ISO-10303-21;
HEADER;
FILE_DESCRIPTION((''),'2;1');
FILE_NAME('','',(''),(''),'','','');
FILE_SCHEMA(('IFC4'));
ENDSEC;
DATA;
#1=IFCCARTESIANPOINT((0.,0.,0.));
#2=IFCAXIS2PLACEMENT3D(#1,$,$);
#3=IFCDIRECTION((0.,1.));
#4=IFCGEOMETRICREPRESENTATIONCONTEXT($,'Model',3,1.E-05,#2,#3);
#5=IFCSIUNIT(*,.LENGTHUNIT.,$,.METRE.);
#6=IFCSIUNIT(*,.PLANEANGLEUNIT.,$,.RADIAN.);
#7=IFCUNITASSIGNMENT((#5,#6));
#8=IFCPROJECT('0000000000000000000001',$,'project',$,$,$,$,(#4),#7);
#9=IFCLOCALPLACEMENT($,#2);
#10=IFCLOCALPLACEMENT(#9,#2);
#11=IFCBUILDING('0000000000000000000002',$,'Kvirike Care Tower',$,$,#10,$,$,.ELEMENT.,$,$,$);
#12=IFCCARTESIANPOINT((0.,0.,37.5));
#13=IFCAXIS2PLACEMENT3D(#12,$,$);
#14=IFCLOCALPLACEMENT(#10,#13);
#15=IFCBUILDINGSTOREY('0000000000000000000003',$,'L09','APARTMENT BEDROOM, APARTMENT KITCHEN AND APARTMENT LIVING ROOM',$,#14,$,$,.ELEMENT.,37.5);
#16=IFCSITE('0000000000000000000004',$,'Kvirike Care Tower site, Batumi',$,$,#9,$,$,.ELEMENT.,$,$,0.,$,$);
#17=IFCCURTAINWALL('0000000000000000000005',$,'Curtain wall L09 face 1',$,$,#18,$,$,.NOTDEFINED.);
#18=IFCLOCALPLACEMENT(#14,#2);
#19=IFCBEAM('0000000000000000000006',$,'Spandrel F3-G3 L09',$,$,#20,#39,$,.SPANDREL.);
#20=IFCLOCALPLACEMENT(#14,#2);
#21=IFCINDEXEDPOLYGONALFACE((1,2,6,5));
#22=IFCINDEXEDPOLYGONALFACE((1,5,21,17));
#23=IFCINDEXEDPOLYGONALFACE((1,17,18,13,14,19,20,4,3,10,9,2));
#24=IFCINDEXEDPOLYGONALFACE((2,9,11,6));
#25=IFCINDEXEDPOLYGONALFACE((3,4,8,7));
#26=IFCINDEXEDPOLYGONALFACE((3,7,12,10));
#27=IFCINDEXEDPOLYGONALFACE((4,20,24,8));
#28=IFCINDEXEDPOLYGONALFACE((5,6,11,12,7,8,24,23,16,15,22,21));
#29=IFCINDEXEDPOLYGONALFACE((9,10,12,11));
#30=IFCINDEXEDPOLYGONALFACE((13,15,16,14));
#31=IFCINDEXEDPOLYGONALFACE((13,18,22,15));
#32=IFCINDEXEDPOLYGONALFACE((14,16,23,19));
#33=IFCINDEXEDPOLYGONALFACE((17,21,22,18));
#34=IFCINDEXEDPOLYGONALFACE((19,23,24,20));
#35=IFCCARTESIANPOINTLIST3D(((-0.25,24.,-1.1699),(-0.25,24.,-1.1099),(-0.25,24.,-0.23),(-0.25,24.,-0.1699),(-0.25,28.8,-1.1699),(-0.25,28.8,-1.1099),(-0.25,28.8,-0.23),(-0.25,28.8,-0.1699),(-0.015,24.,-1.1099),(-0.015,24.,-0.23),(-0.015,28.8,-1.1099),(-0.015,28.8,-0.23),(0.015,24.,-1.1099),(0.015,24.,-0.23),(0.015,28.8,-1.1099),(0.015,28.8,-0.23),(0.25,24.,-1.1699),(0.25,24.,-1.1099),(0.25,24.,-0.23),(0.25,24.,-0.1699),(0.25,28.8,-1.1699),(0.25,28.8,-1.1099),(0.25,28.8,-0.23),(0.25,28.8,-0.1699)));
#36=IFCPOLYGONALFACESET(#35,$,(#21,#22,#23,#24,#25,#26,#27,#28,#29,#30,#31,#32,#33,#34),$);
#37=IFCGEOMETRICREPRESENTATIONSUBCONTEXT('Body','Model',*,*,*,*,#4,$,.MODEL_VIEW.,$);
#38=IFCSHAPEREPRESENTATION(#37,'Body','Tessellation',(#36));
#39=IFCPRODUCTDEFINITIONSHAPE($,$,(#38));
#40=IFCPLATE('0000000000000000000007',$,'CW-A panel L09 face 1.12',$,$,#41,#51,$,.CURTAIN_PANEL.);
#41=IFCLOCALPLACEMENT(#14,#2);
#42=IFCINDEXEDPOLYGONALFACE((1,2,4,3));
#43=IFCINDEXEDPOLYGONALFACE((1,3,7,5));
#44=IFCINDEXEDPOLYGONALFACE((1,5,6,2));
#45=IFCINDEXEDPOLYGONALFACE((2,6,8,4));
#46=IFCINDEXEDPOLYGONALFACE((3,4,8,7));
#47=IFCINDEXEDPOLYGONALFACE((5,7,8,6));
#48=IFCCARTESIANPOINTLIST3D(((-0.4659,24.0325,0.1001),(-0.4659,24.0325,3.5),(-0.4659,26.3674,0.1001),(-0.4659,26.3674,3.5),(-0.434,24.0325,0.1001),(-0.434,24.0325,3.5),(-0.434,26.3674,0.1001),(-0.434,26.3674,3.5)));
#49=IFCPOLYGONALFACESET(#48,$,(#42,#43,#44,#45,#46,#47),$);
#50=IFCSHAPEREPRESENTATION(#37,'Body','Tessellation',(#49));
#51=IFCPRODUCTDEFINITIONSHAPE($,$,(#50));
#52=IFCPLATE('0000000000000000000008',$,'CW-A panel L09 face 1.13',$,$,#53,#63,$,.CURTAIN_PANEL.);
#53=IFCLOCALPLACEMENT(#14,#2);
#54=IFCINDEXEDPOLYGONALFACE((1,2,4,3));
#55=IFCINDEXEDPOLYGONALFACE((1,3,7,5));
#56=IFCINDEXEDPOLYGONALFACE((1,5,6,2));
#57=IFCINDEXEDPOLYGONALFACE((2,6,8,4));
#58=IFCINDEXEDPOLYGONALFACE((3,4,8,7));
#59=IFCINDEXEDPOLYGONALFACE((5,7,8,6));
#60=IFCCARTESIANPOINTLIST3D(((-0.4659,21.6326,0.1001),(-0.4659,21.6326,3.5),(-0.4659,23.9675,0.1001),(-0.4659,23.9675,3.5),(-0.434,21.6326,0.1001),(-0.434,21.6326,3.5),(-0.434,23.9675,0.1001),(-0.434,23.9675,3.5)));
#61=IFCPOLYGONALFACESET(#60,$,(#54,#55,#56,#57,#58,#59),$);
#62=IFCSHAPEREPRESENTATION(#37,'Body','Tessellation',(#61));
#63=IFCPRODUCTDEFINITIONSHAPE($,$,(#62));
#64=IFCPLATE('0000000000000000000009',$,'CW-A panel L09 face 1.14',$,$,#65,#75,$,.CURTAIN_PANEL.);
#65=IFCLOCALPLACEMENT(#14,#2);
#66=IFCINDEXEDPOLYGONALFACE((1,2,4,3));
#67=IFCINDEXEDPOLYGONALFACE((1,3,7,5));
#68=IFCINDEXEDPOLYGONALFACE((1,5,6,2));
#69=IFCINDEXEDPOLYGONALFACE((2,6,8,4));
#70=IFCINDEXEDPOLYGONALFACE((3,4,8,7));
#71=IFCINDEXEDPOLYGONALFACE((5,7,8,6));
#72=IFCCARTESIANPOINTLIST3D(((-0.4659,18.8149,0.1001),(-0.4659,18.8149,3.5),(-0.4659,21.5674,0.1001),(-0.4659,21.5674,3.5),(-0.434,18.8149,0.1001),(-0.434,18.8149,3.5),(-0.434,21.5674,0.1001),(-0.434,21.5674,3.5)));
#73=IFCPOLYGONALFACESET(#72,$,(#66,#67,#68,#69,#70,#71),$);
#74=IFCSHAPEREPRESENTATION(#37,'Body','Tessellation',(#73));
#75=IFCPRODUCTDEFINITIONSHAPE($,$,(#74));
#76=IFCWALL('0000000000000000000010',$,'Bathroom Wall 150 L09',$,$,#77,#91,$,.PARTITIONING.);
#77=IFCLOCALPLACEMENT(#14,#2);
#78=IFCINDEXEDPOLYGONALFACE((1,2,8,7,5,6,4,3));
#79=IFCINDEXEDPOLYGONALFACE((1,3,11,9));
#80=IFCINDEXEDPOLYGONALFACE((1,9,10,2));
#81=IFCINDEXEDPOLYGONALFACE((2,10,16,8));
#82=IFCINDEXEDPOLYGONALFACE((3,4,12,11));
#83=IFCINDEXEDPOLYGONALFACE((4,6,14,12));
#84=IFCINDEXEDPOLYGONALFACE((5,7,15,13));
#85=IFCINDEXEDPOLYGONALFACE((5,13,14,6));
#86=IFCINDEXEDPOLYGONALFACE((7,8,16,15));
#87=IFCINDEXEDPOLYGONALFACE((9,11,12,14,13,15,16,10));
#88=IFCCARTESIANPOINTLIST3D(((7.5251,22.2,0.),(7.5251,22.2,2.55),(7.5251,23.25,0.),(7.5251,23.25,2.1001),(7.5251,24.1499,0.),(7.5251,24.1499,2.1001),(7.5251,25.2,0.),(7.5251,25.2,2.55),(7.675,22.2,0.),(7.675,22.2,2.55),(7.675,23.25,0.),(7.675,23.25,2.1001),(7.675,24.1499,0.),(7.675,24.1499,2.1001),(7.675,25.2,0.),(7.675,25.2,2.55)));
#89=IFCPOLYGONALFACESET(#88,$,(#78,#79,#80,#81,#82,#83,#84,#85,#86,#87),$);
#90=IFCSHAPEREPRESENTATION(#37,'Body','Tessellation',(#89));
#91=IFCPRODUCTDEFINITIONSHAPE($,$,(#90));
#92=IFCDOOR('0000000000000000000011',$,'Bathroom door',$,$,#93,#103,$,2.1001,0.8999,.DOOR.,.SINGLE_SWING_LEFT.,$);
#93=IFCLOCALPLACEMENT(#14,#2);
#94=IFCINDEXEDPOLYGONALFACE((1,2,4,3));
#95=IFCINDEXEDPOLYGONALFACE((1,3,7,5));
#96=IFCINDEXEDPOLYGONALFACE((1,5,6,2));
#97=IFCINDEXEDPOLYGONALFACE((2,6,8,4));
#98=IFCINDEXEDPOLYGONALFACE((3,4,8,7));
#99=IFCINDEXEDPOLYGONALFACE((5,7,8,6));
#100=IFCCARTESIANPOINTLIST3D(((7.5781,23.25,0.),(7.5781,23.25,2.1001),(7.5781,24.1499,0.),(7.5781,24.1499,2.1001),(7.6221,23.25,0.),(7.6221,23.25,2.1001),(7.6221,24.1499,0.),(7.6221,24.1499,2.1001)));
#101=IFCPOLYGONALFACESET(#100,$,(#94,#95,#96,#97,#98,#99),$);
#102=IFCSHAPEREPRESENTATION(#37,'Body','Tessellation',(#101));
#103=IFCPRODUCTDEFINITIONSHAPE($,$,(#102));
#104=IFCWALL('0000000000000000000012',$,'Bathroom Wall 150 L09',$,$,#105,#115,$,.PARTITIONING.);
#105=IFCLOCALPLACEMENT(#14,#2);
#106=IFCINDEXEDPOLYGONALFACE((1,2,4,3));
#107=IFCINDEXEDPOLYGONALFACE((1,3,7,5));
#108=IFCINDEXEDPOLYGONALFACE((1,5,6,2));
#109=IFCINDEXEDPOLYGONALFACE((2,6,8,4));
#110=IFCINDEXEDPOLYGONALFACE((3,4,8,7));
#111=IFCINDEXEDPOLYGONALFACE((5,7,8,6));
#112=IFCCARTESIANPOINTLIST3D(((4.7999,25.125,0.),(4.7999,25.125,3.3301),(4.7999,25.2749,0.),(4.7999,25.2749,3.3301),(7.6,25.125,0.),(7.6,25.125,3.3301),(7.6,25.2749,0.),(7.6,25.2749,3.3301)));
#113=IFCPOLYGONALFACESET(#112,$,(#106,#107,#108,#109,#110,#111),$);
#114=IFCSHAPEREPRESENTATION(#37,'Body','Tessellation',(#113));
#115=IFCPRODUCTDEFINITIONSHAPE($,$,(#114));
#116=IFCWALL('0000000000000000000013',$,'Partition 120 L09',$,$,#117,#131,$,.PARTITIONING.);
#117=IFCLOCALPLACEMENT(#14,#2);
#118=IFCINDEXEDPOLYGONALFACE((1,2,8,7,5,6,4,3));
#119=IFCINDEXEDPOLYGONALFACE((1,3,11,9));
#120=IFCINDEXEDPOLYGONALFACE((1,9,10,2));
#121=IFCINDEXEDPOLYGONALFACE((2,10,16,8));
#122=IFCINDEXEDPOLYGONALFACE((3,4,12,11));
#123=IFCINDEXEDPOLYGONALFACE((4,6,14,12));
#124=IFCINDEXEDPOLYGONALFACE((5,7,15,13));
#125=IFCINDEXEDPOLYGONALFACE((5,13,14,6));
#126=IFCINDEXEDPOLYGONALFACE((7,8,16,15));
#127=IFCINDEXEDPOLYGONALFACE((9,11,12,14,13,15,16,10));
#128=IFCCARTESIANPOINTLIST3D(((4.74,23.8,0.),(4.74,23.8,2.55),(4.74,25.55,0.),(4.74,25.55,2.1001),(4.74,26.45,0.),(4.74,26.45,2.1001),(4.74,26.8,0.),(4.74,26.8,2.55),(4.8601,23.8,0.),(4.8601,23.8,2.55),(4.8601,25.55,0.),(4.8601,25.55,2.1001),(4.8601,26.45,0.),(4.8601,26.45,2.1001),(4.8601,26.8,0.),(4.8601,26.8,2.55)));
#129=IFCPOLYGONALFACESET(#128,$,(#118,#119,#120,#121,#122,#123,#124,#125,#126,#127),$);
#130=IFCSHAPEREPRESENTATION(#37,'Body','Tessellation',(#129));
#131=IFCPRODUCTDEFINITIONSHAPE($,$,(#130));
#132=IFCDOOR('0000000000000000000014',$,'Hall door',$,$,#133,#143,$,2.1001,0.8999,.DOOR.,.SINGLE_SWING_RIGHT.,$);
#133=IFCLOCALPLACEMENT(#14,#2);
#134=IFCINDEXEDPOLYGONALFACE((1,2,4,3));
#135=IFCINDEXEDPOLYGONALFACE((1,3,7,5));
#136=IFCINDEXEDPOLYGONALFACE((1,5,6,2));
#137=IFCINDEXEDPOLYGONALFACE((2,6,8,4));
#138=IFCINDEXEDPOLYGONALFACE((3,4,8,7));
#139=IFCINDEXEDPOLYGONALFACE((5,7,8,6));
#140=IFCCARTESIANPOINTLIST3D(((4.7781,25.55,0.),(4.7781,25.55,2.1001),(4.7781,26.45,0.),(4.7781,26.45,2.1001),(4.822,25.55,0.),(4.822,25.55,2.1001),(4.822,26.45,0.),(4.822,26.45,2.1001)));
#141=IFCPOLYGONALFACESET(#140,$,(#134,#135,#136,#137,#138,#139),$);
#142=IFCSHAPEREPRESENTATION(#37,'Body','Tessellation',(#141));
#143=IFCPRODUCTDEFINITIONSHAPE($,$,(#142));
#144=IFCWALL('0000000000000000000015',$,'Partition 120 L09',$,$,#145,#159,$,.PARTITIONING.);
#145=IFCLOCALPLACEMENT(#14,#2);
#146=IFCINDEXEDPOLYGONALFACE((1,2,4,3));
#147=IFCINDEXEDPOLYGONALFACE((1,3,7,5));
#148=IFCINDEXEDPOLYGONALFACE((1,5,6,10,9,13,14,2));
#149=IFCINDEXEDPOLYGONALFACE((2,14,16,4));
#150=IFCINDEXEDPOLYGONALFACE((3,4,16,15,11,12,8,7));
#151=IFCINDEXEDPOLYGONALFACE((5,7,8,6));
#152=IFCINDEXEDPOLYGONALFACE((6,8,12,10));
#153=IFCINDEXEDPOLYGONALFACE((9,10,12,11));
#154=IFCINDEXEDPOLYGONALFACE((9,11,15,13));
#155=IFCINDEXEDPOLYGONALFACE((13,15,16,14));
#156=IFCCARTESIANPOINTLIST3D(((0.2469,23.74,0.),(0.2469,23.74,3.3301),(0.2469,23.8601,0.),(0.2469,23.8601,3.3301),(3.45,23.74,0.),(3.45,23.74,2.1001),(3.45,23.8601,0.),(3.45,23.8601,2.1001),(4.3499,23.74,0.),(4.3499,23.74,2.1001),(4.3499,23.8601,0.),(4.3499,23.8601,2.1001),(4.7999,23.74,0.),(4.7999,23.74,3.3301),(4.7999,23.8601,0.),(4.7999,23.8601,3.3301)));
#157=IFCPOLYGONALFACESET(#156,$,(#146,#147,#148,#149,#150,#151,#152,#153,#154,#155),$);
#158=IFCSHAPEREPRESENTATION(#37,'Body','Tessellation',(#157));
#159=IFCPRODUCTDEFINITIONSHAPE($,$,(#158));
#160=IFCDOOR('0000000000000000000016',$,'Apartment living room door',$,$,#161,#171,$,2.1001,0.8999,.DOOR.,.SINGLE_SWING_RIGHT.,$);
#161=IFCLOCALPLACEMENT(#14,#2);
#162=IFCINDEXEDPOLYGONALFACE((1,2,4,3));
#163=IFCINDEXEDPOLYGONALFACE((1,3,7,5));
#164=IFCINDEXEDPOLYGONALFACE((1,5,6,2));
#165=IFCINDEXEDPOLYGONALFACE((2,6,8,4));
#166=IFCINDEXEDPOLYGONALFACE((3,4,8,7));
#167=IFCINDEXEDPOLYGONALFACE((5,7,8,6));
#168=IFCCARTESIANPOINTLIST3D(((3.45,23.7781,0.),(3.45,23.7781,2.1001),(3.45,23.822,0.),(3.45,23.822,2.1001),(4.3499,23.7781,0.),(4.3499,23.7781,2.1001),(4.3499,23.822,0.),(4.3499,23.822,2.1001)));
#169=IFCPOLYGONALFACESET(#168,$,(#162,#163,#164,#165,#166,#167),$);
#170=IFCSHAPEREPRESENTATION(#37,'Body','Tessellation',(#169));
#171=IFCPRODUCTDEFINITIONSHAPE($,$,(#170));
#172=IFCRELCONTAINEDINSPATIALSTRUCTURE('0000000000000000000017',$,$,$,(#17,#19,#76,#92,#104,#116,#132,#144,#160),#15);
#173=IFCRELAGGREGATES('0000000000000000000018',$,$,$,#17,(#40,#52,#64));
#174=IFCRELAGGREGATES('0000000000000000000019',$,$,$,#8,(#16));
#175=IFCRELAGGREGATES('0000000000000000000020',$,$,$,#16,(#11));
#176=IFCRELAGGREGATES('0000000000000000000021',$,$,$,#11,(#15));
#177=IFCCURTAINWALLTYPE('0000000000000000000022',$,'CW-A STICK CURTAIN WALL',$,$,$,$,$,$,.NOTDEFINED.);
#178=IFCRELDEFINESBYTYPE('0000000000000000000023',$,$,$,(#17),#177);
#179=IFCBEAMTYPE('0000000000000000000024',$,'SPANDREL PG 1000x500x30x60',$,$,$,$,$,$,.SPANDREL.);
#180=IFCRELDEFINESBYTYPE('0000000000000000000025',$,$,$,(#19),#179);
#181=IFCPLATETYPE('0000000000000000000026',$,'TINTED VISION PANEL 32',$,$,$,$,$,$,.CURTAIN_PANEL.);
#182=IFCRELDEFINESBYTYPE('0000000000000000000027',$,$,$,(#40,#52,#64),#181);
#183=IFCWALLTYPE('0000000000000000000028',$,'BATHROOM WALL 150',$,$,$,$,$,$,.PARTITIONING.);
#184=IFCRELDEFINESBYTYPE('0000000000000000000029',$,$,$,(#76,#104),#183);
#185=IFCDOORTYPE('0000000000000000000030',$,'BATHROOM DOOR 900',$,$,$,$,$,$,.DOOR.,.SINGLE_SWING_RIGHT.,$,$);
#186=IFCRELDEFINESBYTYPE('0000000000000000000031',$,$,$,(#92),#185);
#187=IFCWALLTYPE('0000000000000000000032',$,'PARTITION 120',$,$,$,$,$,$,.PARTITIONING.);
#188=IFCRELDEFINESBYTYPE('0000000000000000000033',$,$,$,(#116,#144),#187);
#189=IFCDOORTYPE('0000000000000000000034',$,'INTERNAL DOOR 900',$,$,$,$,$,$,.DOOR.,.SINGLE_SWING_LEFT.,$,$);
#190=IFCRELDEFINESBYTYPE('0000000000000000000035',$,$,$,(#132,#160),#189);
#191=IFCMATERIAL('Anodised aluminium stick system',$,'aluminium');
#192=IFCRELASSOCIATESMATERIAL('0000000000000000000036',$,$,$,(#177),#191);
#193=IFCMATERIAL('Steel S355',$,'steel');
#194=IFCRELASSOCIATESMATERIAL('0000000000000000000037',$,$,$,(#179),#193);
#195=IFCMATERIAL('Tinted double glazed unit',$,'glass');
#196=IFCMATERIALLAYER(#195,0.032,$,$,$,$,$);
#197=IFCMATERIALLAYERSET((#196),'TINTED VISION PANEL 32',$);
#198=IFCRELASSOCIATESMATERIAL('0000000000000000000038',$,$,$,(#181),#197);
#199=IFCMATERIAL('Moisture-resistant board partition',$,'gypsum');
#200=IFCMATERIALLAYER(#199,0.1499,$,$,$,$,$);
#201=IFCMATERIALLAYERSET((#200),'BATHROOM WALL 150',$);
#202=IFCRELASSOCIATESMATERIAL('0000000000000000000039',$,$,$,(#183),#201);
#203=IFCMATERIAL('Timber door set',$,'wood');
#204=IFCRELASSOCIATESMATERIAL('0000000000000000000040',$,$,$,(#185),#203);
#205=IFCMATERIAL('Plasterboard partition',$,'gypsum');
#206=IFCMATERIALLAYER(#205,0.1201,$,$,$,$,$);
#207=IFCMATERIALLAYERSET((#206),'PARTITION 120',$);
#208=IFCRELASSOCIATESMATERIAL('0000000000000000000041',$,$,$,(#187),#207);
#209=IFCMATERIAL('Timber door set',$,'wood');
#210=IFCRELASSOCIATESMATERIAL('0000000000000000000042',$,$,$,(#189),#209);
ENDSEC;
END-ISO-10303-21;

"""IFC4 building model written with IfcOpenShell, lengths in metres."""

from ifc_helpers import new_model, si_unit, direction, frame, frame_2d, origin, origin_2d, place, context, subcontext, project, spatial, rectangle, i_section, extrude, material, layer, layer_set, material_profile, profile_set, type_object, element, fill, aggregate, save


model = new_model("IFC4")

# Units and contexts
model_context = context("Model", 3, precision=1e-05, world=origin(), true_north=direction((0.0, 1.0)))
body_context = subcontext(model_context, "Body", "Model", "MODEL_VIEW")
ifc_project = project(units=[si_unit("LENGTHUNIT", "METRE"), si_unit("PLANEANGLEUNIT", "RADIAN")], contexts=[model_context])

# Site, building, storey
site_placement = place(None, origin())
site = spatial("IfcSite", under=ifc_project, at=site_placement, Name="Kvirike Care Tower site, Batumi", CompositionType="ELEMENT", RefElevation=0.0)
building_placement = place(site_placement, origin())
building = spatial("IfcBuilding", under=site, at=building_placement, Name="Kvirike Care Tower", CompositionType="ELEMENT")
storey_placement = place(building_placement, frame((0.0, 0.0, 37.5)))
storey = spatial("IfcBuildingStorey", under=building, at=storey_placement, Name="L09", Description="APARTMENT BEDROOM, APARTMENT KITCHEN AND APARTMENT LIVING ROOM", CompositionType="ELEMENT", Elevation=37.5)

# Curtain wall
ifc_material_1 = material(Name="Anodised aluminium stick system", Category="aluminium")
curtain_wall_type = type_object("IfcCurtainWallType", Name="CW-A STICK CURTAIN WALL", PredefinedType="NOTDEFINED", material=ifc_material_1)
curtain_wall_placement = place(storey_placement, origin())
curtain_wall = element("IfcCurtainWall", 1, at=curtain_wall_placement, inside=storey, type_object=curtain_wall_type, Name="Curtain wall L09 face 1", PredefinedType="NOTDEFINED")

# Beam
ifc_material_2 = material(Name="Steel S355", Category="steel")
ifc_material_profile_1 = material_profile(ifc_material_2, i_section(OverallWidth=0.5, OverallDepth=1.0, WebThickness=0.03, FlangeThickness=0.0601, at=origin_2d()), Name="PG 1000x500x30x60")
ifc_profile_set_1 = profile_set([ifc_material_profile_1], Name="Steel S355")
beam_type_1 = type_object("IfcBeamType", Name="SPANDREL PG 1000x500x30x60", PredefinedType="SPANDREL", material=ifc_profile_set_1)
beam_1_placement = place(storey_placement, frame((0.0, 24.0, -0.6699), z_axis=(0.0, 1.0, 0.0), x_axis=(-1.0, 0.0, 0.0)))
element("IfcBeam", 2, at=beam_1_placement, inside=storey, type_object=beam_type_1, Name="Spandrel F3-G3 L09", PredefinedType="SPANDREL", context=body_context, shape_type="SweptSolid", body=[
    extrude(i_section(OverallWidth=0.5, OverallDepth=1.0, WebThickness=0.03, FlangeThickness=0.0601, at=origin_2d()), origin(), (0.0, 0.0, 1.0), 4.8),
])

# Plates
ifc_material_3 = material(Name="Tinted double glazed unit", Category="glass")
ifc_layer_1 = layer(ifc_material_3, 0.032)
ifc_layer_set_1 = layer_set([ifc_layer_1], Name="TINTED VISION PANEL 32")
plate_type = type_object("IfcPlateType", Name="TINTED VISION PANEL 32", PredefinedType="CURTAIN_PANEL", material=ifc_layer_set_1)
plate_1_placement = place(storey_placement, frame((-0.45, 25.2, 0.1001), z_axis=(0.0, 0.0, 1.0), x_axis=(0.0, -1.0, 0.0)))
plate_1 = element("IfcPlate", 3, at=plate_1_placement, type_object=plate_type, Name="CW-A panel L09 face 1.12", PredefinedType="CURTAIN_PANEL", context=body_context, shape_type="SweptSolid", body=[
    extrude(rectangle(XDim=2.335, YDim=0.032, at=origin_2d()), origin(), (0.0, 0.0, 1.0), 3.3999),
])
plate_2_placement = place(storey_placement, frame((-0.45, 22.8, 0.1001), z_axis=(0.0, 0.0, 1.0), x_axis=(0.0, -1.0, 0.0)))
plate_2 = element("IfcPlate", 4, at=plate_2_placement, type_object=plate_type, Name="CW-A panel L09 face 1.13", PredefinedType="CURTAIN_PANEL", context=body_context, shape_type="SweptSolid", body=[
    extrude(rectangle(XDim=2.335, YDim=0.032, at=origin_2d()), origin(), (0.0, 0.0, 1.0), 3.3999),
])
plate_3_placement = place(storey_placement, frame((-0.45, 20.1912, 0.1001), z_axis=(0.0, 0.0, 1.0), x_axis=(0.0, -1.0, 0.0)))
plate_3 = element("IfcPlate", 5, at=plate_3_placement, type_object=plate_type, Name="CW-A panel L09 face 1.14", PredefinedType="CURTAIN_PANEL", context=body_context, shape_type="SweptSolid", body=[
    extrude(rectangle(XDim=2.7524, YDim=0.032, at=origin_2d()), origin(), (0.0, 0.0, 1.0), 3.3999),
])
aggregate(curtain_wall, [plate_1, plate_2, plate_3])

# Wall, opening, door
ifc_material_4 = material(Name="Moisture-resistant board partition", Category="gypsum")
ifc_layer_2 = layer(ifc_material_4, 0.1499)
ifc_layer_set_2 = layer_set([ifc_layer_2], Name="BATHROOM WALL 150")
wall_type_1 = type_object("IfcWallType", Name="BATHROOM WALL 150", PredefinedType="PARTITIONING", material=ifc_layer_set_2)
wall_1_placement = place(storey_placement, frame((7.6001, 22.2, 0.0), z_axis=(0.0, 0.0, 1.0), x_axis=(0.0, 1.0, 0.0)))
wall_1 = element("IfcWall", 6, at=wall_1_placement, inside=storey, type_object=wall_type_1, Name="Bathroom Wall 150 L09", PredefinedType="PARTITIONING", context=body_context, shape_type="SweptSolid", body=[
    extrude(rectangle(XDim=3.0, YDim=0.1499, at=frame_2d((1.5, 0.0))), origin(), (0.0, 0.0, 1.0), 2.55),
])
opening_1_placement = place(wall_1_placement, frame((1.05, 0.0, 0.0)))
opening_1 = element("IfcOpeningElement", 7, at=opening_1_placement, cuts=wall_1, PredefinedType="OPENING", context=body_context, shape_type="SweptSolid", body=[
    extrude(rectangle(XDim=0.8999, YDim=2.1001, at=frame_2d((0.45, 1.05))), frame((0.0, 0.0854, 0.0), z_axis=(0.0, -1.0, 0.0), x_axis=(1.0, 0.0, 0.0)), (0.0, 0.0, 1.0), 0.1709),
])
ifc_material_5 = material(Name="Timber door set", Category="wood")
door_type_1 = type_object("IfcDoorType", Name="BATHROOM DOOR 900", OperationType="SINGLE_SWING_RIGHT", PredefinedType="DOOR", material=ifc_material_5)
door_1_placement = place(opening_1_placement, origin())
door_1 = element("IfcDoor", 8, at=door_1_placement, inside=storey, type_object=door_type_1, Name="Bathroom door", OperationType="SINGLE_SWING_LEFT", OverallHeight=2.1001, OverallWidth=0.8999, PredefinedType="DOOR", context=body_context, shape_type="SweptSolid", body=[
    extrude(rectangle(XDim=0.8999, YDim=2.1001, at=frame_2d((0.45, 1.05))), frame((0.0, 0.022, 0.0), z_axis=(0.0, -1.0, 0.0), x_axis=(1.0, 0.0, 0.0)), (0.0, 0.0, 1.0), 0.0439),
])
fill(opening_1, door_1)

# Wall
wall_2_placement = place(storey_placement, frame((4.8, 25.2, 0.0), z_axis=(0.0, 0.0, 1.0), x_axis=(1.0, 0.0, 0.0)))
element("IfcWall", 9, at=wall_2_placement, inside=storey, type_object=wall_type_1, Name="Bathroom Wall 150 L09", PredefinedType="PARTITIONING", context=body_context, shape_type="SweptSolid", body=[
    extrude(rectangle(XDim=2.8, YDim=0.1499, at=frame_2d((1.3999, 0.0))), origin(), (0.0, 0.0, 1.0), 3.3301),
])

# Walls, openings, doors
ifc_material_6 = material(Name="Plasterboard partition", Category="gypsum")
ifc_layer_3 = layer(ifc_material_6, 0.1201)
ifc_layer_set_3 = layer_set([ifc_layer_3], Name="PARTITION 120")
wall_type_2 = type_object("IfcWallType", Name="PARTITION 120", PredefinedType="PARTITIONING", material=ifc_layer_set_3)
wall_3_placement = place(storey_placement, frame((4.8, 23.8, 0.0), z_axis=(0.0, 0.0, 1.0), x_axis=(0.0, 1.0, 0.0)))
wall_3 = element("IfcWall", 10, at=wall_3_placement, inside=storey, type_object=wall_type_2, Name="Partition 120 L09", PredefinedType="PARTITIONING", context=body_context, shape_type="SweptSolid", body=[
    extrude(rectangle(XDim=3.0, YDim=0.1201, at=frame_2d((1.5, 0.0))), origin(), (0.0, 0.0, 1.0), 2.55),
])
opening_2_placement = place(wall_3_placement, frame((1.75, 0.0, 0.0)))
opening_2 = element("IfcOpeningElement", 11, at=opening_2_placement, cuts=wall_3, PredefinedType="OPENING", context=body_context, shape_type="SweptSolid", body=[
    extrude(rectangle(XDim=0.8999, YDim=2.1001, at=frame_2d((0.45, 1.05))), frame((0.0, 0.0706, 0.0), z_axis=(0.0, -1.0, 0.0), x_axis=(1.0, 0.0, 0.0)), (0.0, 0.0, 1.0), 0.1411),
])
ifc_material_7 = material(Name="Timber door set", Category="wood")
door_type_2 = type_object("IfcDoorType", Name="INTERNAL DOOR 900", OperationType="SINGLE_SWING_LEFT", PredefinedType="DOOR", material=ifc_material_7)
door_2_placement = place(opening_2_placement, origin())
door_2 = element("IfcDoor", 12, at=door_2_placement, inside=storey, type_object=door_type_2, Name="Hall door", OperationType="SINGLE_SWING_RIGHT", OverallHeight=2.1001, OverallWidth=0.8999, PredefinedType="DOOR", context=body_context, shape_type="SweptSolid", body=[
    extrude(rectangle(XDim=0.8999, YDim=2.1001, at=frame_2d((0.45, 1.05))), frame((0.0, 0.022, 0.0), z_axis=(0.0, -1.0, 0.0), x_axis=(1.0, 0.0, 0.0)), (0.0, 0.0, 1.0), 0.0439),
])
fill(opening_2, door_2)
wall_4_placement = place(storey_placement, frame((0.2471, 23.8, 0.0), z_axis=(0.0, 0.0, 1.0), x_axis=(1.0, 0.0, 0.0)))
wall_4 = element("IfcWall", 13, at=wall_4_placement, inside=storey, type_object=wall_type_2, Name="Partition 120 L09", PredefinedType="PARTITIONING", context=body_context, shape_type="SweptSolid", body=[
    extrude(rectangle(XDim=4.553, YDim=0.1201, at=frame_2d((2.2764, 0.0))), origin(), (0.0, 0.0, 1.0), 3.3301),
])
opening_3_placement = place(wall_4_placement, frame((3.2029, 0.0, 0.0)))
opening_3 = element("IfcOpeningElement", 14, at=opening_3_placement, cuts=wall_4, PredefinedType="OPENING", context=body_context, shape_type="SweptSolid", body=[
    extrude(rectangle(XDim=0.8999, YDim=2.1001, at=frame_2d((0.45, 1.05))), frame((0.0, 0.0706, 0.0), z_axis=(0.0, -1.0, 0.0), x_axis=(1.0, 0.0, 0.0)), (0.0, 0.0, 1.0), 0.1411),
])
door_3_placement = place(opening_3_placement, frame((0.8999, 0.0, 0.0), z_axis=(0.0, 0.0, 1.0), x_axis=(-1.0, 0.0, 0.0)))
door_3 = element("IfcDoor", 15, at=door_3_placement, inside=storey, type_object=door_type_2, Name="Apartment living room door", OperationType="SINGLE_SWING_RIGHT", OverallHeight=2.1001, OverallWidth=0.8999, PredefinedType="DOOR", context=body_context, shape_type="SweptSolid", body=[
    extrude(rectangle(XDim=0.8999, YDim=2.1001, at=frame_2d((0.45, 1.05))), frame((0.0, 0.022, 0.0), z_axis=(0.0, -1.0, 0.0), x_axis=(1.0, 0.0, 0.0)), (0.0, 0.0, 1.0), 0.0439),
])
fill(opening_3, door_3)

save(model, "model.ifc")
